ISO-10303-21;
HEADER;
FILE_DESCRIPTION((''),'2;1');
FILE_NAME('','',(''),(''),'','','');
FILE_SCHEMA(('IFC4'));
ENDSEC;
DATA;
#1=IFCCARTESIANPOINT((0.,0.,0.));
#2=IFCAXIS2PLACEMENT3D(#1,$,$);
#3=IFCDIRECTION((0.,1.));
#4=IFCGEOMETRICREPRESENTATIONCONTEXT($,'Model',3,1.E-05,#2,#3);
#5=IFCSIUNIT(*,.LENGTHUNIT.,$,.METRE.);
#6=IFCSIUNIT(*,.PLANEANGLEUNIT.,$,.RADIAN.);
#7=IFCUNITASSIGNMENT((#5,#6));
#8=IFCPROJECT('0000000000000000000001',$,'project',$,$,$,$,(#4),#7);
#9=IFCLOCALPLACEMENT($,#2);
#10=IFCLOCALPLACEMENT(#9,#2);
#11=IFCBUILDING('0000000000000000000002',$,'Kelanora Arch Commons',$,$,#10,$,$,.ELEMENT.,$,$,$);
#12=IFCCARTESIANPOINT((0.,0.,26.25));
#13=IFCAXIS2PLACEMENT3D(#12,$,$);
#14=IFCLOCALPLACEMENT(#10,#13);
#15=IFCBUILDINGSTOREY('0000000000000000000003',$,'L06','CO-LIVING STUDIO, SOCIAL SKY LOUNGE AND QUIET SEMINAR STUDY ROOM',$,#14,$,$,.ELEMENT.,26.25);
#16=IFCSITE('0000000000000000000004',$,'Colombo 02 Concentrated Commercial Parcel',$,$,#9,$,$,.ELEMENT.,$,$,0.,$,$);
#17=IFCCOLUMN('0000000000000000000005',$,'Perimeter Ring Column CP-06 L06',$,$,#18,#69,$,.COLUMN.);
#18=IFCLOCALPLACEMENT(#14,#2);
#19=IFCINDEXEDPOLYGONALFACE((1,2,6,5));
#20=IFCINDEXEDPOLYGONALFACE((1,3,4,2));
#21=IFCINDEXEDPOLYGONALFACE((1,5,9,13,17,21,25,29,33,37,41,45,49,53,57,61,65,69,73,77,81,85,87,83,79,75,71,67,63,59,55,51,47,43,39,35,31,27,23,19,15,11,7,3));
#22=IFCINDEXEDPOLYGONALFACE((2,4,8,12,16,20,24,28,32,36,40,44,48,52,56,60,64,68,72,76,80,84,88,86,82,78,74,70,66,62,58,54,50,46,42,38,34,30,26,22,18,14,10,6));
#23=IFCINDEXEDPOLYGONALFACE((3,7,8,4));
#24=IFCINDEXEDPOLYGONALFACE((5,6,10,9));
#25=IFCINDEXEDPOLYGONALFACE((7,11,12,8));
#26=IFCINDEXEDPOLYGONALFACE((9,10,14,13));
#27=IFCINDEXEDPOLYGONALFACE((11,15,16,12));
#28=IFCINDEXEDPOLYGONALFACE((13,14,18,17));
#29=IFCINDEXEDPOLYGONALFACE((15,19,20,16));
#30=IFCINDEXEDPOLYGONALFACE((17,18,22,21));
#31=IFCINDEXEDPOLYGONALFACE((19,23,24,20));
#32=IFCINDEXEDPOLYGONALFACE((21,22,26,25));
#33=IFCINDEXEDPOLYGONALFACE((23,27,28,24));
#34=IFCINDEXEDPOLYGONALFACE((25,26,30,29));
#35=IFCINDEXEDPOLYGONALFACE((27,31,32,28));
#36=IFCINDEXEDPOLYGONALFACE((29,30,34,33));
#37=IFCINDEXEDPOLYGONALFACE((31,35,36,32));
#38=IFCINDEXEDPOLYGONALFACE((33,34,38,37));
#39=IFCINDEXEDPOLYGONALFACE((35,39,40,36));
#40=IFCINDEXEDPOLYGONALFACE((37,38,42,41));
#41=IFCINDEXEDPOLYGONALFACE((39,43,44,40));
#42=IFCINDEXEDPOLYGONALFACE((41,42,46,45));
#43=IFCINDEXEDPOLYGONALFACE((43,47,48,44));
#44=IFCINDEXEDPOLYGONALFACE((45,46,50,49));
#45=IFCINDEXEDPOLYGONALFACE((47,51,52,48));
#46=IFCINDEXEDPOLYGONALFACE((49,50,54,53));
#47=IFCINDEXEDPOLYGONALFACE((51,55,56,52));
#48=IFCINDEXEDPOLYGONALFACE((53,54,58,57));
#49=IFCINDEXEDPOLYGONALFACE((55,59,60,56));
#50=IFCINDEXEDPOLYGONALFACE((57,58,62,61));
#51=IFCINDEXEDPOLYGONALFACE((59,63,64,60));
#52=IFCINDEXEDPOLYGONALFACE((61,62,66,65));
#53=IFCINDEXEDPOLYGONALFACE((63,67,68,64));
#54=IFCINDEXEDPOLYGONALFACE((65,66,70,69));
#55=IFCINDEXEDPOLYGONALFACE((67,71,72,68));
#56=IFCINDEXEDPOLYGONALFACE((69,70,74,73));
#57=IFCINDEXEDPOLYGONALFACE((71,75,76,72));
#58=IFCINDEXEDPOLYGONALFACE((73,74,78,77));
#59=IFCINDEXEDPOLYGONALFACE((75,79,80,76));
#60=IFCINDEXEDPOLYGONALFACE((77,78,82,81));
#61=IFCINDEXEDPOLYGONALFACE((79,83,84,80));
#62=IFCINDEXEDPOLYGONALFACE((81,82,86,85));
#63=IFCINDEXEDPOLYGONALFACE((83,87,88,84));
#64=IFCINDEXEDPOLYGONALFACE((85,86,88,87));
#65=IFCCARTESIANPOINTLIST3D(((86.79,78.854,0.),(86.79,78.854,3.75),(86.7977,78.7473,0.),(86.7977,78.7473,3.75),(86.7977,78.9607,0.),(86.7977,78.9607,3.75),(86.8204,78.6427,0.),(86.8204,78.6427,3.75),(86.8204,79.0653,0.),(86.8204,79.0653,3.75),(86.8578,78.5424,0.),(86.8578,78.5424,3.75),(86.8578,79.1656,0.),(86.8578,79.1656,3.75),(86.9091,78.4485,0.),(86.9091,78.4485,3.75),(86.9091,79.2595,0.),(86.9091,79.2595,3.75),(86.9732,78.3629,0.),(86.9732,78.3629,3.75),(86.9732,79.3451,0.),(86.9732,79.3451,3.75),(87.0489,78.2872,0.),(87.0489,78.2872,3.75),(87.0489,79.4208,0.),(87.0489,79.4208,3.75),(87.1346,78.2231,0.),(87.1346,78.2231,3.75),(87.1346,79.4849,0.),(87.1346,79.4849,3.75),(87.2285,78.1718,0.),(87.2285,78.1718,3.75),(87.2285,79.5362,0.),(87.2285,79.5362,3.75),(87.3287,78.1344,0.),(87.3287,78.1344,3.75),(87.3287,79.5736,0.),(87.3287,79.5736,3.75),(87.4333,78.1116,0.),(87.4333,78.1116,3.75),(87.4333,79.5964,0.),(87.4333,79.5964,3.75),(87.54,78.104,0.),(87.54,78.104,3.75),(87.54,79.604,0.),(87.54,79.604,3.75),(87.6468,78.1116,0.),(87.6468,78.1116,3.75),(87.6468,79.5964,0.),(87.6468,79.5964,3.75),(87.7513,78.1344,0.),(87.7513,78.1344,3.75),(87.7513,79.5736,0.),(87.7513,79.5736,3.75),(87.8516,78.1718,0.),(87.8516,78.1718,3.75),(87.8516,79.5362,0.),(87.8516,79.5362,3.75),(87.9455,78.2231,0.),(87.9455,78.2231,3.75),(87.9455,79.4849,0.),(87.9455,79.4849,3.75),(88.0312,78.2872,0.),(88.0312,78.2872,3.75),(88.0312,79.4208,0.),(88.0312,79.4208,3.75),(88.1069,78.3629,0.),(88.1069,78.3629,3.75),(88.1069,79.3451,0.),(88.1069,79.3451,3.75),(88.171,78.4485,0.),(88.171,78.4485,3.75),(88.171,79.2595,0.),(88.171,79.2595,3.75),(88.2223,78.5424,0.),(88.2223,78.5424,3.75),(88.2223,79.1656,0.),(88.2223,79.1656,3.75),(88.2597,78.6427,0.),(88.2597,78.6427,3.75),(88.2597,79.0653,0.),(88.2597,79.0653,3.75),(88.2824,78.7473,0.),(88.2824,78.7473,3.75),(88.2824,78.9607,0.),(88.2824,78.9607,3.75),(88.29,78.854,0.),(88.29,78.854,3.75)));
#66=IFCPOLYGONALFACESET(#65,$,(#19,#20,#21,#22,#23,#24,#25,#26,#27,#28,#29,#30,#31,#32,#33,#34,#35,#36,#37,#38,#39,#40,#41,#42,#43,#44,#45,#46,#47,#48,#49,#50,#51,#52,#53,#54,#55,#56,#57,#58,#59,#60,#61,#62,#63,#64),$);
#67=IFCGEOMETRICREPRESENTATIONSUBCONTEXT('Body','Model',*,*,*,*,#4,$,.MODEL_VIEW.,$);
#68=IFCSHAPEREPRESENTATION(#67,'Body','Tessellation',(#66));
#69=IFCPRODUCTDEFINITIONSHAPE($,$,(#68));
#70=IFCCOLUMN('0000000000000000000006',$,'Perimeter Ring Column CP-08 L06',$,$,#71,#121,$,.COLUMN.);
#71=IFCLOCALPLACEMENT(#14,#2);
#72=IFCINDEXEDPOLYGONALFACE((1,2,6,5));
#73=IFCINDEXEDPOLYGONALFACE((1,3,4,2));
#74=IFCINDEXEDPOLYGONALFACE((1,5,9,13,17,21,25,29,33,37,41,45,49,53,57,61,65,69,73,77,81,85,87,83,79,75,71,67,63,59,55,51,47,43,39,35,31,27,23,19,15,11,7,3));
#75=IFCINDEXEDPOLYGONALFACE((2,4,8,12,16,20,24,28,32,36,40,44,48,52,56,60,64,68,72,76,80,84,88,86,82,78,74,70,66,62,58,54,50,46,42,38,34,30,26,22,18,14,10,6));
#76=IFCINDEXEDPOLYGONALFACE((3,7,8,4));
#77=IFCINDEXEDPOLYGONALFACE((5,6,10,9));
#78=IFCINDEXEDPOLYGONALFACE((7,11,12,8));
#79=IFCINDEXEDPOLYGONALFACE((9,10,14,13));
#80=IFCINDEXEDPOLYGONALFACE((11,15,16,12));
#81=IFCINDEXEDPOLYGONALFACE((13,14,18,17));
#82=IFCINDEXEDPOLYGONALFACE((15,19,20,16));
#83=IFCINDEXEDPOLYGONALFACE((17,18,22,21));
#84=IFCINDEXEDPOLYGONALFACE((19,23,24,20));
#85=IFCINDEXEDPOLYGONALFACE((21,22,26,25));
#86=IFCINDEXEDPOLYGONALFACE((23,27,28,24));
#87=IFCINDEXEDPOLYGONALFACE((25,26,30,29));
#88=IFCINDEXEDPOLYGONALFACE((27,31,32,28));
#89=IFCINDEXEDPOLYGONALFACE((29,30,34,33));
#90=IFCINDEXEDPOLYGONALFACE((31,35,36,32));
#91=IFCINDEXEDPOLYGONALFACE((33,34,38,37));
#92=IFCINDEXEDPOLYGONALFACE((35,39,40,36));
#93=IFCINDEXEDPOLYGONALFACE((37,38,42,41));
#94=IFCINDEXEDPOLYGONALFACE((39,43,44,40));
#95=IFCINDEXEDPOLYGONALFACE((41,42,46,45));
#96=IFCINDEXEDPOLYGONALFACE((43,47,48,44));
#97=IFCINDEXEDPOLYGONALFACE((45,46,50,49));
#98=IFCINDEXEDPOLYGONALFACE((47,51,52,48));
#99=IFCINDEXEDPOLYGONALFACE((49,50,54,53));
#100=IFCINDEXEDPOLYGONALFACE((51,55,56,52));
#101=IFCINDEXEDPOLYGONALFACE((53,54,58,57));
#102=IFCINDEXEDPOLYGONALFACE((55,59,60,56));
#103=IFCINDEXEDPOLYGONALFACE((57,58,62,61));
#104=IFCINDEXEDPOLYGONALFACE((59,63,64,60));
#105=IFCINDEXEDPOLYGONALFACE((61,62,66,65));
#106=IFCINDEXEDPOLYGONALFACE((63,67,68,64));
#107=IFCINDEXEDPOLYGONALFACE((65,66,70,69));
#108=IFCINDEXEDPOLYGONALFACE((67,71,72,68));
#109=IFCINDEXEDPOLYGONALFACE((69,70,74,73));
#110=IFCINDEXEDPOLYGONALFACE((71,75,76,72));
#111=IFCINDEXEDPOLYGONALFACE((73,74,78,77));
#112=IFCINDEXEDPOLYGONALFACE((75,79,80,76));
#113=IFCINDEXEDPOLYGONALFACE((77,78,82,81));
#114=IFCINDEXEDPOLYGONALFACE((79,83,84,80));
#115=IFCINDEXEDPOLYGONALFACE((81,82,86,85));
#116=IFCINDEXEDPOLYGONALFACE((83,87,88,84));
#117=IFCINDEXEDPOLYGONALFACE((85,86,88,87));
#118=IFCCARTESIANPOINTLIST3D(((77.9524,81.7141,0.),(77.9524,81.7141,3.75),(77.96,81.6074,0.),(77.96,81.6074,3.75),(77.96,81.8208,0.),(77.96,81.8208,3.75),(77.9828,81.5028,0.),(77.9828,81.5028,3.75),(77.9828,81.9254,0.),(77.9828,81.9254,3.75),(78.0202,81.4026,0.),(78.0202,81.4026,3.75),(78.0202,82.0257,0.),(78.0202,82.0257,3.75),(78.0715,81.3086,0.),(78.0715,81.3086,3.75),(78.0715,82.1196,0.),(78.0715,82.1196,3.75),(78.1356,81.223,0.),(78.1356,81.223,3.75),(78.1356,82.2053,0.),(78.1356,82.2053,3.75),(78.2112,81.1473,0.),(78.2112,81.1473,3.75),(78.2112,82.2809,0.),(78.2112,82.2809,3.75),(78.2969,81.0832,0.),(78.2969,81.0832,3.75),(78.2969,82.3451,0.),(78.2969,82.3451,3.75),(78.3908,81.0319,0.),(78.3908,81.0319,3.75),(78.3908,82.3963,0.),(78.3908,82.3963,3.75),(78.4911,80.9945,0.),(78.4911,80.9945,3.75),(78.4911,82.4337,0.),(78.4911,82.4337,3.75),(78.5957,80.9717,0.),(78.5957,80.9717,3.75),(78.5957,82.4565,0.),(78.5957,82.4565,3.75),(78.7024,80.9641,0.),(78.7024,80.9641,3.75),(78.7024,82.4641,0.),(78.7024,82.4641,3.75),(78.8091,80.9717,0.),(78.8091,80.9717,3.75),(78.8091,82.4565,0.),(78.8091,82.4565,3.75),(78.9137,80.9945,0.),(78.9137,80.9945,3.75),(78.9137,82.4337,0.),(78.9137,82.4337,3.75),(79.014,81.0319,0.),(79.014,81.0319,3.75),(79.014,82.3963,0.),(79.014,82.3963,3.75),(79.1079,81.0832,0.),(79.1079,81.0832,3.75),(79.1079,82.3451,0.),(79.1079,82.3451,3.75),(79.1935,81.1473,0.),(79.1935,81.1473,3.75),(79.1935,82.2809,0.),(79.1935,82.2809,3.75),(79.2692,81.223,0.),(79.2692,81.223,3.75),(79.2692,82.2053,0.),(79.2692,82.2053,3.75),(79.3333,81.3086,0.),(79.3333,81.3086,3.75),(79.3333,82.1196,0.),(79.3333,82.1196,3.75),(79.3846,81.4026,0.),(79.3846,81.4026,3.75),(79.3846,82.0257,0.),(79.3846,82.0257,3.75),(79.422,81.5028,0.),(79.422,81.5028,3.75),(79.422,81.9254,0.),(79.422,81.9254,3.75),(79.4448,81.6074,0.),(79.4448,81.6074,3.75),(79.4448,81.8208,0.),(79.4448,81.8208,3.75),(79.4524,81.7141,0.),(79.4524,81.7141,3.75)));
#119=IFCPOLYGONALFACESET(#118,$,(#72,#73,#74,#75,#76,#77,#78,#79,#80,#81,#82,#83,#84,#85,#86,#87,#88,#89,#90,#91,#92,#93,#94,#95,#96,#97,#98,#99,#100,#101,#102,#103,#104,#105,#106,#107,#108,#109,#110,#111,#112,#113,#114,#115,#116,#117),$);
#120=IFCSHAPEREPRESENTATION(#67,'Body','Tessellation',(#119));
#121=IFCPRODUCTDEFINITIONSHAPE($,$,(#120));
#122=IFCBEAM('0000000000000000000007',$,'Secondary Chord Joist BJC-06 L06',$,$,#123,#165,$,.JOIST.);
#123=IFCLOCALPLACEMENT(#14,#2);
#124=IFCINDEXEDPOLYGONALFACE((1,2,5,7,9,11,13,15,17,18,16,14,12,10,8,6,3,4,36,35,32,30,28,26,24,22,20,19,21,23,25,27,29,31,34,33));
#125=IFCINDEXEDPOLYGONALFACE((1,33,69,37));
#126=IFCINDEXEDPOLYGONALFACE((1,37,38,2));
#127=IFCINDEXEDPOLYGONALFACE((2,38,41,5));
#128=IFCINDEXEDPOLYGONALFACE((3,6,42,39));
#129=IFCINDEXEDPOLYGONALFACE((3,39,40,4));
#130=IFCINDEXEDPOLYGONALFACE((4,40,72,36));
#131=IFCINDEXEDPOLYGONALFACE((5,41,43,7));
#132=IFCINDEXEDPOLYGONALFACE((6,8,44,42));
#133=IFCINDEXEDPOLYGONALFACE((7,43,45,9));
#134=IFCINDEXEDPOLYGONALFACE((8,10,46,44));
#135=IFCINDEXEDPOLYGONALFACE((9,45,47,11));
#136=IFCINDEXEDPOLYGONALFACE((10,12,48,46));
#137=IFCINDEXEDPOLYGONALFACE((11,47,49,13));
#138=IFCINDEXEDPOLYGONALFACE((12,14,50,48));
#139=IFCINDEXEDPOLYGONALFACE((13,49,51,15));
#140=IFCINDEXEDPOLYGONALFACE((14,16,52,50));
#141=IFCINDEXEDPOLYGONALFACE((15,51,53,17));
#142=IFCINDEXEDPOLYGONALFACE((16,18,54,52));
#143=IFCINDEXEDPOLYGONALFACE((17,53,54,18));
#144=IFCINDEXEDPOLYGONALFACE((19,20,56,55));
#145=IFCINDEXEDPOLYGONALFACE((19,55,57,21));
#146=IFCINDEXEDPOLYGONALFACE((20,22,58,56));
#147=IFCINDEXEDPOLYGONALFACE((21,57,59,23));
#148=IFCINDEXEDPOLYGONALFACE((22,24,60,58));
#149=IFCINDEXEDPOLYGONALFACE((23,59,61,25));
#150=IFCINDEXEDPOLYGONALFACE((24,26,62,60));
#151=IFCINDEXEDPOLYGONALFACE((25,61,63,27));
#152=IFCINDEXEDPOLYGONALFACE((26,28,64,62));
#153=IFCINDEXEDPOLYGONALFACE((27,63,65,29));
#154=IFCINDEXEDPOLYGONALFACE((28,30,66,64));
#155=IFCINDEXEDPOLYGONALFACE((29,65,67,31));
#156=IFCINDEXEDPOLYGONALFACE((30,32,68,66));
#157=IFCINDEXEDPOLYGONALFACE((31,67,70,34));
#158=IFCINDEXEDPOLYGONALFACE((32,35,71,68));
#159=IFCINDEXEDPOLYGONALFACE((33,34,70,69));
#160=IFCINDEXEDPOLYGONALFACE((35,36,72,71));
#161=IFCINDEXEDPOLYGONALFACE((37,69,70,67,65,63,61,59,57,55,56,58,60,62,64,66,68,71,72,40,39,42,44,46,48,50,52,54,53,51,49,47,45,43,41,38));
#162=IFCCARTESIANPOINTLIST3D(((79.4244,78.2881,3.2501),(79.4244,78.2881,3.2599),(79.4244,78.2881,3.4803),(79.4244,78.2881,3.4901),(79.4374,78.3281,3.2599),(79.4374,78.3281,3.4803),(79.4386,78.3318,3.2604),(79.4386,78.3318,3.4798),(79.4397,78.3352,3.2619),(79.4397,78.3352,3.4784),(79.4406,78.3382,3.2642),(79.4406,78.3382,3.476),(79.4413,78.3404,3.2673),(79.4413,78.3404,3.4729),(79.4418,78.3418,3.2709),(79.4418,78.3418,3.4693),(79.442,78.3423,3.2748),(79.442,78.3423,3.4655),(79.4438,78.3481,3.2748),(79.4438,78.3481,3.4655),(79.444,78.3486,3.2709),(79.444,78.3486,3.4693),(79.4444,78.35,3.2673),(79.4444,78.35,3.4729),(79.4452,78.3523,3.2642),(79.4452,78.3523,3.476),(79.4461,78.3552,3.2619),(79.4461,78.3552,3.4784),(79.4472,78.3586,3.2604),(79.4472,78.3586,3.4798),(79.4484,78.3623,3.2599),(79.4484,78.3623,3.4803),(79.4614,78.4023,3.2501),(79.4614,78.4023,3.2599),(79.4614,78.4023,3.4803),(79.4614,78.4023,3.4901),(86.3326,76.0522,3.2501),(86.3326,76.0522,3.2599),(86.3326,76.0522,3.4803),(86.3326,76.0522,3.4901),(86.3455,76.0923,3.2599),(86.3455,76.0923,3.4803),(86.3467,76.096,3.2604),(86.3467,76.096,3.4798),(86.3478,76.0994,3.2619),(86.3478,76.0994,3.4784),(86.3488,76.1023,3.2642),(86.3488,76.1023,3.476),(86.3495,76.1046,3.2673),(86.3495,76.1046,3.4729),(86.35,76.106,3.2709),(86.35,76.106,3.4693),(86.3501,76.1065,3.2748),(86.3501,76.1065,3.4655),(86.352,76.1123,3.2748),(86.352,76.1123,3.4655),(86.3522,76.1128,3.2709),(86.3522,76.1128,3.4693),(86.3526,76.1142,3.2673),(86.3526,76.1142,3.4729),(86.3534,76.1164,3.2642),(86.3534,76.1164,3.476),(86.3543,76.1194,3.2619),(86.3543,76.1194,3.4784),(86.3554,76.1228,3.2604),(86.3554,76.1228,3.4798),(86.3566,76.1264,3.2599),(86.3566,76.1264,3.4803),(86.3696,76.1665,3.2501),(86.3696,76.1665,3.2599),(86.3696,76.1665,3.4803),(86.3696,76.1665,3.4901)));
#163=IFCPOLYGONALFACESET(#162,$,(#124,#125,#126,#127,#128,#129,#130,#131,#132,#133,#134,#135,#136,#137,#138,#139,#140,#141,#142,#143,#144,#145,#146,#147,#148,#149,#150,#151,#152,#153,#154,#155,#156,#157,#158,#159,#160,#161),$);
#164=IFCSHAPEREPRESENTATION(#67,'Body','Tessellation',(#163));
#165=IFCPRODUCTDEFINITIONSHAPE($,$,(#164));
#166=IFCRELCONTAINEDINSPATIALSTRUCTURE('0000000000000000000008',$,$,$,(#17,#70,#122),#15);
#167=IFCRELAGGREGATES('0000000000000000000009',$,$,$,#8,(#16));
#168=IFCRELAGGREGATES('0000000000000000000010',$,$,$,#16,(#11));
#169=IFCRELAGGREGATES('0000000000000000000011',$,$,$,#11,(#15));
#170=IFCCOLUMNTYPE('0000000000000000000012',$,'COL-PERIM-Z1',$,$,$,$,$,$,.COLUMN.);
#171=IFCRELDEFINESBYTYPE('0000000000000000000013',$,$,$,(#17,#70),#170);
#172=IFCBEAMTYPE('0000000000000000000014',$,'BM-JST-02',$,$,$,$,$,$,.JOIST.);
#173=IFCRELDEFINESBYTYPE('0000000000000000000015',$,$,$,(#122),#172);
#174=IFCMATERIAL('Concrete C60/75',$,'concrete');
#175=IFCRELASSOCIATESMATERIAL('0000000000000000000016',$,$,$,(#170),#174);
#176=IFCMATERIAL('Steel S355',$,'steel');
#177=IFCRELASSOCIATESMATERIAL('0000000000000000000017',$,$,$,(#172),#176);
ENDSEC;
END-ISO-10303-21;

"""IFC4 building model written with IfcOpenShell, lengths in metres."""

from ifc_helpers import new_model, si_unit, direction, frame, origin, origin_2d, place, context, subcontext, project, spatial, circle, i_section, extrude, material, material_profile, profile_set, type_object, element, save


model = new_model("IFC4")

# Units and contexts
model_context = context("Model", 3, precision=1e-05, world=origin(), true_north=direction((0.0, 1.0)))
body_context = subcontext(model_context, "Body", "Model", "MODEL_VIEW")
ifc_project = project(units=[si_unit("LENGTHUNIT", "METRE"), si_unit("PLANEANGLEUNIT", "RADIAN")], contexts=[model_context])

# Site, building, storey
site_placement = place(None, origin())
site = spatial("IfcSite", under=ifc_project, at=site_placement, Name="Colombo 02 Concentrated Commercial Parcel", CompositionType="ELEMENT", RefElevation=0.0)
building_placement = place(site_placement, origin())
building = spatial("IfcBuilding", under=site, at=building_placement, Name="Kelanora Arch Commons", CompositionType="ELEMENT")
storey_placement = place(building_placement, frame((0.0, 0.0, 26.25)))
storey = spatial("IfcBuildingStorey", under=building, at=storey_placement, Name="L06", Description="CO-LIVING STUDIO, SOCIAL SKY LOUNGE AND QUIET SEMINAR STUDY ROOM", CompositionType="ELEMENT", Elevation=26.25)

# Columns
ifc_material_1 = material(Name="Concrete C60/75", Category="concrete")
ifc_material_profile_1 = material_profile(ifc_material_1, circle(Radius=0.75, at=origin_2d()), Name="RCC1500")
ifc_profile_set_1 = profile_set([ifc_material_profile_1], Name="Concrete C60/75")
column_type = type_object("IfcColumnType", Name="COL-PERIM-Z1", PredefinedType="COLUMN", material=ifc_profile_set_1)
for number, where, z_axis, x_axis, name in (
    (1, (87.54, 78.854, 0.0), (0.0, 0.0, 1.0), (1.0, 0.0, 0.0), "Perimeter Ring Column CP-06 L06"),
    (2, (78.7024, 81.7141, 0.0), (0.0, 0.0, 1.0), (1.0, 0.0, 0.0), "Perimeter Ring Column CP-08 L06"),
):
    element("IfcColumn", number, at=place(storey_placement, frame(where, z_axis=z_axis, x_axis=x_axis)), inside=storey, type_object=column_type, Name=name, PredefinedType="COLUMN", context=body_context, shape_type="SweptSolid", body=[
        extrude(circle(Radius=0.75, at=origin_2d()), origin(), (0.0, 0.0, 1.0), 3.75),
    ])

# Beam
ifc_material_2 = material(Name="Steel S355", Category="steel")
ifc_material_profile_2 = material_profile(ifc_material_2, i_section(OverallWidth=0.1201, OverallDepth=0.24, WebThickness=0.0061, FlangeThickness=0.0098, FilletRadius=0.0149, at=origin_2d()), Name="IPE240")
ifc_profile_set_2 = profile_set([ifc_material_profile_2], Name="Steel S355")
beam_type_1 = type_object("IfcBeamType", Name="BM-JST-02", PredefinedType="JOIST", material=ifc_profile_set_2)
beam_1_placement = place(storey_placement, frame((86.3511, 76.1094, 3.3701), z_axis=(-0.951411, 0.307924, 0.0), x_axis=(-0.307924, -0.951411, 0.0)))
element("IfcBeam", 3, at=beam_1_placement, inside=storey, type_object=beam_type_1, Name="Secondary Chord Joist BJC-06 L06", PredefinedType="JOIST", context=body_context, shape_type="SweptSolid", body=[
    extrude(i_section(OverallWidth=0.1201, OverallDepth=0.24, WebThickness=0.0061, FlangeThickness=0.0098, FilletRadius=0.0149, at=origin_2d()), origin(), (0.0, 0.0, 1.0), 7.261),
])

save(model, "model.ifc")
